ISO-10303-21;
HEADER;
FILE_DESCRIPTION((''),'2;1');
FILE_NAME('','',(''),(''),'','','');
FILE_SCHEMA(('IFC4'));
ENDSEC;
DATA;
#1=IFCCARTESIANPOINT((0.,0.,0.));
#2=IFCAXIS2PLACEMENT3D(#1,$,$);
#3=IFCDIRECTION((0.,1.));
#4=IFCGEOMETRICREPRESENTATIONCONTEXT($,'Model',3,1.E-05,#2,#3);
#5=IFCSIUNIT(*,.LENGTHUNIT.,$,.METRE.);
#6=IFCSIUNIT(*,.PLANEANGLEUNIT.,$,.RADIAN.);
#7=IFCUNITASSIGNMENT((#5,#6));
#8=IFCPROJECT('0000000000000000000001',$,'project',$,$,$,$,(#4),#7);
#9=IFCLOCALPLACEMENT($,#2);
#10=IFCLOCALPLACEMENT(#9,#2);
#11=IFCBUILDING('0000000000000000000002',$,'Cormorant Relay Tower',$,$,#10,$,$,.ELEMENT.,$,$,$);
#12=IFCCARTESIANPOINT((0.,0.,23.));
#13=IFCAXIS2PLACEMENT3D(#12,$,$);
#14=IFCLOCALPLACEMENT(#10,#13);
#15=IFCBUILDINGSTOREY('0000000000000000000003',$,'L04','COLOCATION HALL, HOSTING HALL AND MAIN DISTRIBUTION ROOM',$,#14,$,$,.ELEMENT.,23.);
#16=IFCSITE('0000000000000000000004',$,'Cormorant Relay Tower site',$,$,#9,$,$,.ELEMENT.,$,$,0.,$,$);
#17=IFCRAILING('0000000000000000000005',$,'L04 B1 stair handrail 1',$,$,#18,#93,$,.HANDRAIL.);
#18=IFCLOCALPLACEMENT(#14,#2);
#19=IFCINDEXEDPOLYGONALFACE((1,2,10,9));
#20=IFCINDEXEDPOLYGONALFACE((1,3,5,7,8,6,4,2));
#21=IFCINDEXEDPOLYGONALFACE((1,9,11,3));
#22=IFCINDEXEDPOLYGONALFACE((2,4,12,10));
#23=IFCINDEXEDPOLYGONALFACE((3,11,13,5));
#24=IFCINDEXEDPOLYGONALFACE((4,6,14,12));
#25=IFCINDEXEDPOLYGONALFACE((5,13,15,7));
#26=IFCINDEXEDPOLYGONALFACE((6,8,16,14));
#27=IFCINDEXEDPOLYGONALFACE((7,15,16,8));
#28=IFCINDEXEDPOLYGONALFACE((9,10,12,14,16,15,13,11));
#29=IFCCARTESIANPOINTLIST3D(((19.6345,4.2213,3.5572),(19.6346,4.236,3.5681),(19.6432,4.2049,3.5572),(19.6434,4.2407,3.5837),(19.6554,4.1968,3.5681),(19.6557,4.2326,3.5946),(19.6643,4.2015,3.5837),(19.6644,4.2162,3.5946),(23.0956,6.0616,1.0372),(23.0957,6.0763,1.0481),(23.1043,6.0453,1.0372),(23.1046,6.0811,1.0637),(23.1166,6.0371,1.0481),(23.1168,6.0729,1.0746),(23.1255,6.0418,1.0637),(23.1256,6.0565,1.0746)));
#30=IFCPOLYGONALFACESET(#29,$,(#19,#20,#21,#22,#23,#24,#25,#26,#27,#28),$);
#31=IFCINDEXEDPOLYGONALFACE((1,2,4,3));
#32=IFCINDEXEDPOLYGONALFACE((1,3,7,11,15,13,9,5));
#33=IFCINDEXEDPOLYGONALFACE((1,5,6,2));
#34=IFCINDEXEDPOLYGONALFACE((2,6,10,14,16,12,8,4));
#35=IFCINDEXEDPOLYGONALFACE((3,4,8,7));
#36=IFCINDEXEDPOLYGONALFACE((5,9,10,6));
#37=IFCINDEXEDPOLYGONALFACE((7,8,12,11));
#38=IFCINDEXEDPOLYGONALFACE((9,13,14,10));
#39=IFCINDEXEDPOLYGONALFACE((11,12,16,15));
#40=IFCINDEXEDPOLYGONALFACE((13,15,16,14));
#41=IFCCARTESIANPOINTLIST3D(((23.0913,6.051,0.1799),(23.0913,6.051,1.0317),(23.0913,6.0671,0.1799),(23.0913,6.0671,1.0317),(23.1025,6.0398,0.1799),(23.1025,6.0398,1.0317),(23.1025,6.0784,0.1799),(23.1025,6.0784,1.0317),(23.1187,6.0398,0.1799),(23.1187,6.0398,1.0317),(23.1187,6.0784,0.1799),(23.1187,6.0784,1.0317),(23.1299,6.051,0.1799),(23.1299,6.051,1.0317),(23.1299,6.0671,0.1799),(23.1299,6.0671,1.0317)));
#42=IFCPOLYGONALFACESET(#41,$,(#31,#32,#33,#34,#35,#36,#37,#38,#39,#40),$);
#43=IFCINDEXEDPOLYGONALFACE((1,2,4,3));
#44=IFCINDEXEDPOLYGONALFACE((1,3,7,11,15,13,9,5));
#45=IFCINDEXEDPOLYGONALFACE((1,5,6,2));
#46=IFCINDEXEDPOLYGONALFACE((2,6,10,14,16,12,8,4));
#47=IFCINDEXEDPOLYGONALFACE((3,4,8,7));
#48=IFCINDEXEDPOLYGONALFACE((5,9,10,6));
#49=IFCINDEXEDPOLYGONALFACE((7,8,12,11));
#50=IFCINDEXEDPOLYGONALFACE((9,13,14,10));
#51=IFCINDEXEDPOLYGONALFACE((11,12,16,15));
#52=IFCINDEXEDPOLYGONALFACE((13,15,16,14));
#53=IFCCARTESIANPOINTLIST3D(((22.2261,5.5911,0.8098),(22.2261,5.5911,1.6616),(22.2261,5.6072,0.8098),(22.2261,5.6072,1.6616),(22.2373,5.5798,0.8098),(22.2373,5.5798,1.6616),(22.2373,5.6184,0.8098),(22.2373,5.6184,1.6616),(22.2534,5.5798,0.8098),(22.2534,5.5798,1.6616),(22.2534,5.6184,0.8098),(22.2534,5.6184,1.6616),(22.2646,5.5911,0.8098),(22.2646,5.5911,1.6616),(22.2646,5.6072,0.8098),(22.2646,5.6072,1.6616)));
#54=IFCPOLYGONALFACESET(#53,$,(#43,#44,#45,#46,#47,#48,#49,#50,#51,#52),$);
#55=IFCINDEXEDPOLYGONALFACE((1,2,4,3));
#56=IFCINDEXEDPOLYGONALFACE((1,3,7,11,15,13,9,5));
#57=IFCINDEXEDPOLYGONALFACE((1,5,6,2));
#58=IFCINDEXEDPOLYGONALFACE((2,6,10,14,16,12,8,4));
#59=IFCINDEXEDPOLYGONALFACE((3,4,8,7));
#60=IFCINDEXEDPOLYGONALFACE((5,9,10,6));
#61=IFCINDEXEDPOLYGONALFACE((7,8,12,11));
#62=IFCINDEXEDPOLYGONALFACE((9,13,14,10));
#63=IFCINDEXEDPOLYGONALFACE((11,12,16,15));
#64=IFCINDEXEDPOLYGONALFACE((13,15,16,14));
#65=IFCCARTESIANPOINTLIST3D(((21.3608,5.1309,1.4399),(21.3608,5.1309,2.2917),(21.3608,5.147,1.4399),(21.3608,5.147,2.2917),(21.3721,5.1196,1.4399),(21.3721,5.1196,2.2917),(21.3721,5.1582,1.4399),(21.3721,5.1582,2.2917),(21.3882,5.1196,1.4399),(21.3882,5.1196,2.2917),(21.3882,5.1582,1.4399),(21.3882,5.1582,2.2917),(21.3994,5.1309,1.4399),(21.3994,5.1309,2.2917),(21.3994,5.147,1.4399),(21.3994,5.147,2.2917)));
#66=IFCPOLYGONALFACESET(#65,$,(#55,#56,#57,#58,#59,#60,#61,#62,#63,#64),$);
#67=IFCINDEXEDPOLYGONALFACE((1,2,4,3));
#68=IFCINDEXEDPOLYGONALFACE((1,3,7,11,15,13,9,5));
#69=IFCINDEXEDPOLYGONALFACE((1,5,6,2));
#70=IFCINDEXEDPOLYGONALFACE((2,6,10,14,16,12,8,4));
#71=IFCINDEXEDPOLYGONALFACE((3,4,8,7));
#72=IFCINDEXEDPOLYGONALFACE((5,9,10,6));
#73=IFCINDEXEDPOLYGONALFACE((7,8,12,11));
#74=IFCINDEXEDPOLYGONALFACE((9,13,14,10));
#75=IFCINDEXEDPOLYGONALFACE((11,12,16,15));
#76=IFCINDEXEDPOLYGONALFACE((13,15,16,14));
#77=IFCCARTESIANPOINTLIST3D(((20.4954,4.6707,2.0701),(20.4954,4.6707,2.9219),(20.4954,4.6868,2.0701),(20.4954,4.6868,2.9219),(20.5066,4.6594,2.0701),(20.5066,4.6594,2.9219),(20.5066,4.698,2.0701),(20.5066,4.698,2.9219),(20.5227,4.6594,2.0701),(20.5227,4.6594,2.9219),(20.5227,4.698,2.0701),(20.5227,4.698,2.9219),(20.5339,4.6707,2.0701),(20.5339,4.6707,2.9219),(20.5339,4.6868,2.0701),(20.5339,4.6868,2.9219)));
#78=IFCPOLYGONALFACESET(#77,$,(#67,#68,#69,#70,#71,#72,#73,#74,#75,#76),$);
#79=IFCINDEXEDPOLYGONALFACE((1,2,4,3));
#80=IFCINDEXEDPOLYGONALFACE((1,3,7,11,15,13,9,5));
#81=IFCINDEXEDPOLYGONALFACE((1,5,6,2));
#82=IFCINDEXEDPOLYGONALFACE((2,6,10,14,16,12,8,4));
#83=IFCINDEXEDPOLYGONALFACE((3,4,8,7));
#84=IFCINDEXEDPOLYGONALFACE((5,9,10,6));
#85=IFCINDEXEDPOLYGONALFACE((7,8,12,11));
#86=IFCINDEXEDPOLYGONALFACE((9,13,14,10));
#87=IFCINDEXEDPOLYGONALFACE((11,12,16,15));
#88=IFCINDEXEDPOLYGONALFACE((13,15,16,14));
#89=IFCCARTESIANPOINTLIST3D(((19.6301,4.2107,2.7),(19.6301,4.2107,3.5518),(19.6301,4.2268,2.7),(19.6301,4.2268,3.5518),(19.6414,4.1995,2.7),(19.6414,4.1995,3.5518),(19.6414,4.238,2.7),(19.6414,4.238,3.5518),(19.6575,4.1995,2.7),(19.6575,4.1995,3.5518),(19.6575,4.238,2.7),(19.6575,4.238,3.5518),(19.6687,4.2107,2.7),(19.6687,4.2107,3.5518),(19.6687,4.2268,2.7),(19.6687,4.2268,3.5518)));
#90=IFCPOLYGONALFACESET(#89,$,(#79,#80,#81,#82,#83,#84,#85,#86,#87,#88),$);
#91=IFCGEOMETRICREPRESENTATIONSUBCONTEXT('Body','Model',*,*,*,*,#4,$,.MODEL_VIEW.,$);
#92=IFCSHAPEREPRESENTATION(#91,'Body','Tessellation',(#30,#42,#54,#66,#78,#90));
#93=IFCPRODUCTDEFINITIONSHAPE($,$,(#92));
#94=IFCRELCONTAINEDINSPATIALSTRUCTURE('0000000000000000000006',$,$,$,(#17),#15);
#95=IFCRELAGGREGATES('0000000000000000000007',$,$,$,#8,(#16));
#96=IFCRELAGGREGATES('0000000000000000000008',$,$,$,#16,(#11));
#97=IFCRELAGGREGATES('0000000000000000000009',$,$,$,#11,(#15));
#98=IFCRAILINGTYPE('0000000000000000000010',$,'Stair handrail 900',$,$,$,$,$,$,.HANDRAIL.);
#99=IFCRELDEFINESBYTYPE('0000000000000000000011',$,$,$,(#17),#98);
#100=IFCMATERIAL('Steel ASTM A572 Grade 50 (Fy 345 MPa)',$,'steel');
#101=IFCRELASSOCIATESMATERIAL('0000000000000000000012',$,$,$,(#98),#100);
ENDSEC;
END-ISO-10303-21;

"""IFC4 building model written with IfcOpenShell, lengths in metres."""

from ifc_helpers import new_model, si_unit, direction, frame, origin, place, context, subcontext, project, spatial, polyline, outline, extrude, material, type_object, element, save


model = new_model("IFC4")

# Units and contexts
model_context = context("Model", 3, precision=1e-05, world=origin(), true_north=direction((0.0, 1.0)))
body_context = subcontext(model_context, "Body", "Model", "MODEL_VIEW")
ifc_project = project(units=[si_unit("LENGTHUNIT", "METRE"), si_unit("PLANEANGLEUNIT", "RADIAN")], contexts=[model_context])

# Site, building, storey
site_placement = place(None, origin())
site = spatial("IfcSite", under=ifc_project, at=site_placement, Name="Cormorant Relay Tower site", CompositionType="ELEMENT", RefElevation=0.0)
building_placement = place(site_placement, origin())
building = spatial("IfcBuilding", under=site, at=building_placement, Name="Cormorant Relay Tower", CompositionType="ELEMENT")
storey_placement = place(building_placement, frame((0.0, 0.0, 23.0)))
storey = spatial("IfcBuildingStorey", under=building, at=storey_placement, Name="L04", Description="COLOCATION HALL, HOSTING HALL AND MAIN DISTRIBUTION ROOM", CompositionType="ELEMENT", Elevation=23.0)

# Railing
ifc_material_1 = material(Name="Steel ASTM A572 Grade 50 (Fy 345 MPa)", Category="steel")
railing_type_1 = type_object("IfcRailingType", Name="Stair handrail 900", PredefinedType="HANDRAIL", material=ifc_material_1)
railing_1_placement = place(storey_placement, frame((23.1106, 6.0591, 0.1799)))
element("IfcRailing", 1, at=railing_1_placement, inside=storey, type_object=railing_type_1, Name="L04 B1 stair handrail 1", PredefinedType="HANDRAIL", context=body_context, shape_type="SweptSolid", body=[
    extrude(outline(polyline([(0.0222, 0.0093), (0.0093, 0.0222), (-0.0093, 0.0222), (-0.0222, 0.0093), (-0.0222, -0.0093), (-0.0093, -0.0222), (0.0093, -0.0222), (0.0222, -0.0093), (0.0222, 0.0093)])), frame((0.0, 0.0, 0.876), z_axis=(-0.742717, -0.394907, 0.540758), x_axis=(0.469469, -0.882949, 0.0)), (0.0, 0.0, 1.0), 4.6602),
    extrude(outline(polyline([(0.0193, 0.0081), (0.0081, 0.0193), (-0.0081, 0.0193), (-0.0193, 0.0081), (-0.0193, -0.0081), (-0.0081, -0.0193), (0.0081, -0.0193), (0.0193, -0.0081), (0.0193, 0.0081)])), origin(), (0.0, 0.0, 1.0), 0.8518),
    extrude(outline(polyline([(0.0193, 0.0081), (0.0081, 0.0193), (-0.0081, 0.0193), (-0.0193, 0.0081), (-0.0193, -0.0081), (-0.0081, -0.0193), (0.0081, -0.0193), (0.0193, -0.0081), (0.0193, 0.0081)])), frame((-0.8652, -0.46, 0.6299)), (0.0, 0.0, 1.0), 0.8518),
    extrude(outline(polyline([(0.0193, 0.0081), (0.0081, 0.0193), (-0.0081, 0.0193), (-0.0193, 0.0081), (-0.0193, -0.0081), (-0.0081, -0.0193), (0.0081, -0.0193), (0.0193, -0.0081), (0.0193, 0.0081)])), frame((-1.7305, -0.9202, 1.26)), (0.0, 0.0, 1.0), 0.8518),
    extrude(outline(polyline([(0.0193, 0.0081), (0.0081, 0.0193), (-0.0081, 0.0193), (-0.0193, 0.0081), (-0.0193, -0.0081), (-0.0081, -0.0193), (0.0081, -0.0193), (0.0193, -0.0081), (0.0193, 0.0081)])), frame((-2.5959, -1.3804, 1.8901)), (0.0, 0.0, 1.0), 0.8518),
    extrude(outline(polyline([(0.0193, 0.0081), (0.0081, 0.0193), (-0.0081, 0.0193), (-0.0193, 0.0081), (-0.0193, -0.0081), (-0.0081, -0.0193), (0.0081, -0.0193), (0.0193, -0.0081), (0.0193, 0.0081)])), frame((-3.4612, -1.8403, 2.52)), (0.0, 0.0, 1.0), 0.8518),
])

save(model, "model.ifc")
